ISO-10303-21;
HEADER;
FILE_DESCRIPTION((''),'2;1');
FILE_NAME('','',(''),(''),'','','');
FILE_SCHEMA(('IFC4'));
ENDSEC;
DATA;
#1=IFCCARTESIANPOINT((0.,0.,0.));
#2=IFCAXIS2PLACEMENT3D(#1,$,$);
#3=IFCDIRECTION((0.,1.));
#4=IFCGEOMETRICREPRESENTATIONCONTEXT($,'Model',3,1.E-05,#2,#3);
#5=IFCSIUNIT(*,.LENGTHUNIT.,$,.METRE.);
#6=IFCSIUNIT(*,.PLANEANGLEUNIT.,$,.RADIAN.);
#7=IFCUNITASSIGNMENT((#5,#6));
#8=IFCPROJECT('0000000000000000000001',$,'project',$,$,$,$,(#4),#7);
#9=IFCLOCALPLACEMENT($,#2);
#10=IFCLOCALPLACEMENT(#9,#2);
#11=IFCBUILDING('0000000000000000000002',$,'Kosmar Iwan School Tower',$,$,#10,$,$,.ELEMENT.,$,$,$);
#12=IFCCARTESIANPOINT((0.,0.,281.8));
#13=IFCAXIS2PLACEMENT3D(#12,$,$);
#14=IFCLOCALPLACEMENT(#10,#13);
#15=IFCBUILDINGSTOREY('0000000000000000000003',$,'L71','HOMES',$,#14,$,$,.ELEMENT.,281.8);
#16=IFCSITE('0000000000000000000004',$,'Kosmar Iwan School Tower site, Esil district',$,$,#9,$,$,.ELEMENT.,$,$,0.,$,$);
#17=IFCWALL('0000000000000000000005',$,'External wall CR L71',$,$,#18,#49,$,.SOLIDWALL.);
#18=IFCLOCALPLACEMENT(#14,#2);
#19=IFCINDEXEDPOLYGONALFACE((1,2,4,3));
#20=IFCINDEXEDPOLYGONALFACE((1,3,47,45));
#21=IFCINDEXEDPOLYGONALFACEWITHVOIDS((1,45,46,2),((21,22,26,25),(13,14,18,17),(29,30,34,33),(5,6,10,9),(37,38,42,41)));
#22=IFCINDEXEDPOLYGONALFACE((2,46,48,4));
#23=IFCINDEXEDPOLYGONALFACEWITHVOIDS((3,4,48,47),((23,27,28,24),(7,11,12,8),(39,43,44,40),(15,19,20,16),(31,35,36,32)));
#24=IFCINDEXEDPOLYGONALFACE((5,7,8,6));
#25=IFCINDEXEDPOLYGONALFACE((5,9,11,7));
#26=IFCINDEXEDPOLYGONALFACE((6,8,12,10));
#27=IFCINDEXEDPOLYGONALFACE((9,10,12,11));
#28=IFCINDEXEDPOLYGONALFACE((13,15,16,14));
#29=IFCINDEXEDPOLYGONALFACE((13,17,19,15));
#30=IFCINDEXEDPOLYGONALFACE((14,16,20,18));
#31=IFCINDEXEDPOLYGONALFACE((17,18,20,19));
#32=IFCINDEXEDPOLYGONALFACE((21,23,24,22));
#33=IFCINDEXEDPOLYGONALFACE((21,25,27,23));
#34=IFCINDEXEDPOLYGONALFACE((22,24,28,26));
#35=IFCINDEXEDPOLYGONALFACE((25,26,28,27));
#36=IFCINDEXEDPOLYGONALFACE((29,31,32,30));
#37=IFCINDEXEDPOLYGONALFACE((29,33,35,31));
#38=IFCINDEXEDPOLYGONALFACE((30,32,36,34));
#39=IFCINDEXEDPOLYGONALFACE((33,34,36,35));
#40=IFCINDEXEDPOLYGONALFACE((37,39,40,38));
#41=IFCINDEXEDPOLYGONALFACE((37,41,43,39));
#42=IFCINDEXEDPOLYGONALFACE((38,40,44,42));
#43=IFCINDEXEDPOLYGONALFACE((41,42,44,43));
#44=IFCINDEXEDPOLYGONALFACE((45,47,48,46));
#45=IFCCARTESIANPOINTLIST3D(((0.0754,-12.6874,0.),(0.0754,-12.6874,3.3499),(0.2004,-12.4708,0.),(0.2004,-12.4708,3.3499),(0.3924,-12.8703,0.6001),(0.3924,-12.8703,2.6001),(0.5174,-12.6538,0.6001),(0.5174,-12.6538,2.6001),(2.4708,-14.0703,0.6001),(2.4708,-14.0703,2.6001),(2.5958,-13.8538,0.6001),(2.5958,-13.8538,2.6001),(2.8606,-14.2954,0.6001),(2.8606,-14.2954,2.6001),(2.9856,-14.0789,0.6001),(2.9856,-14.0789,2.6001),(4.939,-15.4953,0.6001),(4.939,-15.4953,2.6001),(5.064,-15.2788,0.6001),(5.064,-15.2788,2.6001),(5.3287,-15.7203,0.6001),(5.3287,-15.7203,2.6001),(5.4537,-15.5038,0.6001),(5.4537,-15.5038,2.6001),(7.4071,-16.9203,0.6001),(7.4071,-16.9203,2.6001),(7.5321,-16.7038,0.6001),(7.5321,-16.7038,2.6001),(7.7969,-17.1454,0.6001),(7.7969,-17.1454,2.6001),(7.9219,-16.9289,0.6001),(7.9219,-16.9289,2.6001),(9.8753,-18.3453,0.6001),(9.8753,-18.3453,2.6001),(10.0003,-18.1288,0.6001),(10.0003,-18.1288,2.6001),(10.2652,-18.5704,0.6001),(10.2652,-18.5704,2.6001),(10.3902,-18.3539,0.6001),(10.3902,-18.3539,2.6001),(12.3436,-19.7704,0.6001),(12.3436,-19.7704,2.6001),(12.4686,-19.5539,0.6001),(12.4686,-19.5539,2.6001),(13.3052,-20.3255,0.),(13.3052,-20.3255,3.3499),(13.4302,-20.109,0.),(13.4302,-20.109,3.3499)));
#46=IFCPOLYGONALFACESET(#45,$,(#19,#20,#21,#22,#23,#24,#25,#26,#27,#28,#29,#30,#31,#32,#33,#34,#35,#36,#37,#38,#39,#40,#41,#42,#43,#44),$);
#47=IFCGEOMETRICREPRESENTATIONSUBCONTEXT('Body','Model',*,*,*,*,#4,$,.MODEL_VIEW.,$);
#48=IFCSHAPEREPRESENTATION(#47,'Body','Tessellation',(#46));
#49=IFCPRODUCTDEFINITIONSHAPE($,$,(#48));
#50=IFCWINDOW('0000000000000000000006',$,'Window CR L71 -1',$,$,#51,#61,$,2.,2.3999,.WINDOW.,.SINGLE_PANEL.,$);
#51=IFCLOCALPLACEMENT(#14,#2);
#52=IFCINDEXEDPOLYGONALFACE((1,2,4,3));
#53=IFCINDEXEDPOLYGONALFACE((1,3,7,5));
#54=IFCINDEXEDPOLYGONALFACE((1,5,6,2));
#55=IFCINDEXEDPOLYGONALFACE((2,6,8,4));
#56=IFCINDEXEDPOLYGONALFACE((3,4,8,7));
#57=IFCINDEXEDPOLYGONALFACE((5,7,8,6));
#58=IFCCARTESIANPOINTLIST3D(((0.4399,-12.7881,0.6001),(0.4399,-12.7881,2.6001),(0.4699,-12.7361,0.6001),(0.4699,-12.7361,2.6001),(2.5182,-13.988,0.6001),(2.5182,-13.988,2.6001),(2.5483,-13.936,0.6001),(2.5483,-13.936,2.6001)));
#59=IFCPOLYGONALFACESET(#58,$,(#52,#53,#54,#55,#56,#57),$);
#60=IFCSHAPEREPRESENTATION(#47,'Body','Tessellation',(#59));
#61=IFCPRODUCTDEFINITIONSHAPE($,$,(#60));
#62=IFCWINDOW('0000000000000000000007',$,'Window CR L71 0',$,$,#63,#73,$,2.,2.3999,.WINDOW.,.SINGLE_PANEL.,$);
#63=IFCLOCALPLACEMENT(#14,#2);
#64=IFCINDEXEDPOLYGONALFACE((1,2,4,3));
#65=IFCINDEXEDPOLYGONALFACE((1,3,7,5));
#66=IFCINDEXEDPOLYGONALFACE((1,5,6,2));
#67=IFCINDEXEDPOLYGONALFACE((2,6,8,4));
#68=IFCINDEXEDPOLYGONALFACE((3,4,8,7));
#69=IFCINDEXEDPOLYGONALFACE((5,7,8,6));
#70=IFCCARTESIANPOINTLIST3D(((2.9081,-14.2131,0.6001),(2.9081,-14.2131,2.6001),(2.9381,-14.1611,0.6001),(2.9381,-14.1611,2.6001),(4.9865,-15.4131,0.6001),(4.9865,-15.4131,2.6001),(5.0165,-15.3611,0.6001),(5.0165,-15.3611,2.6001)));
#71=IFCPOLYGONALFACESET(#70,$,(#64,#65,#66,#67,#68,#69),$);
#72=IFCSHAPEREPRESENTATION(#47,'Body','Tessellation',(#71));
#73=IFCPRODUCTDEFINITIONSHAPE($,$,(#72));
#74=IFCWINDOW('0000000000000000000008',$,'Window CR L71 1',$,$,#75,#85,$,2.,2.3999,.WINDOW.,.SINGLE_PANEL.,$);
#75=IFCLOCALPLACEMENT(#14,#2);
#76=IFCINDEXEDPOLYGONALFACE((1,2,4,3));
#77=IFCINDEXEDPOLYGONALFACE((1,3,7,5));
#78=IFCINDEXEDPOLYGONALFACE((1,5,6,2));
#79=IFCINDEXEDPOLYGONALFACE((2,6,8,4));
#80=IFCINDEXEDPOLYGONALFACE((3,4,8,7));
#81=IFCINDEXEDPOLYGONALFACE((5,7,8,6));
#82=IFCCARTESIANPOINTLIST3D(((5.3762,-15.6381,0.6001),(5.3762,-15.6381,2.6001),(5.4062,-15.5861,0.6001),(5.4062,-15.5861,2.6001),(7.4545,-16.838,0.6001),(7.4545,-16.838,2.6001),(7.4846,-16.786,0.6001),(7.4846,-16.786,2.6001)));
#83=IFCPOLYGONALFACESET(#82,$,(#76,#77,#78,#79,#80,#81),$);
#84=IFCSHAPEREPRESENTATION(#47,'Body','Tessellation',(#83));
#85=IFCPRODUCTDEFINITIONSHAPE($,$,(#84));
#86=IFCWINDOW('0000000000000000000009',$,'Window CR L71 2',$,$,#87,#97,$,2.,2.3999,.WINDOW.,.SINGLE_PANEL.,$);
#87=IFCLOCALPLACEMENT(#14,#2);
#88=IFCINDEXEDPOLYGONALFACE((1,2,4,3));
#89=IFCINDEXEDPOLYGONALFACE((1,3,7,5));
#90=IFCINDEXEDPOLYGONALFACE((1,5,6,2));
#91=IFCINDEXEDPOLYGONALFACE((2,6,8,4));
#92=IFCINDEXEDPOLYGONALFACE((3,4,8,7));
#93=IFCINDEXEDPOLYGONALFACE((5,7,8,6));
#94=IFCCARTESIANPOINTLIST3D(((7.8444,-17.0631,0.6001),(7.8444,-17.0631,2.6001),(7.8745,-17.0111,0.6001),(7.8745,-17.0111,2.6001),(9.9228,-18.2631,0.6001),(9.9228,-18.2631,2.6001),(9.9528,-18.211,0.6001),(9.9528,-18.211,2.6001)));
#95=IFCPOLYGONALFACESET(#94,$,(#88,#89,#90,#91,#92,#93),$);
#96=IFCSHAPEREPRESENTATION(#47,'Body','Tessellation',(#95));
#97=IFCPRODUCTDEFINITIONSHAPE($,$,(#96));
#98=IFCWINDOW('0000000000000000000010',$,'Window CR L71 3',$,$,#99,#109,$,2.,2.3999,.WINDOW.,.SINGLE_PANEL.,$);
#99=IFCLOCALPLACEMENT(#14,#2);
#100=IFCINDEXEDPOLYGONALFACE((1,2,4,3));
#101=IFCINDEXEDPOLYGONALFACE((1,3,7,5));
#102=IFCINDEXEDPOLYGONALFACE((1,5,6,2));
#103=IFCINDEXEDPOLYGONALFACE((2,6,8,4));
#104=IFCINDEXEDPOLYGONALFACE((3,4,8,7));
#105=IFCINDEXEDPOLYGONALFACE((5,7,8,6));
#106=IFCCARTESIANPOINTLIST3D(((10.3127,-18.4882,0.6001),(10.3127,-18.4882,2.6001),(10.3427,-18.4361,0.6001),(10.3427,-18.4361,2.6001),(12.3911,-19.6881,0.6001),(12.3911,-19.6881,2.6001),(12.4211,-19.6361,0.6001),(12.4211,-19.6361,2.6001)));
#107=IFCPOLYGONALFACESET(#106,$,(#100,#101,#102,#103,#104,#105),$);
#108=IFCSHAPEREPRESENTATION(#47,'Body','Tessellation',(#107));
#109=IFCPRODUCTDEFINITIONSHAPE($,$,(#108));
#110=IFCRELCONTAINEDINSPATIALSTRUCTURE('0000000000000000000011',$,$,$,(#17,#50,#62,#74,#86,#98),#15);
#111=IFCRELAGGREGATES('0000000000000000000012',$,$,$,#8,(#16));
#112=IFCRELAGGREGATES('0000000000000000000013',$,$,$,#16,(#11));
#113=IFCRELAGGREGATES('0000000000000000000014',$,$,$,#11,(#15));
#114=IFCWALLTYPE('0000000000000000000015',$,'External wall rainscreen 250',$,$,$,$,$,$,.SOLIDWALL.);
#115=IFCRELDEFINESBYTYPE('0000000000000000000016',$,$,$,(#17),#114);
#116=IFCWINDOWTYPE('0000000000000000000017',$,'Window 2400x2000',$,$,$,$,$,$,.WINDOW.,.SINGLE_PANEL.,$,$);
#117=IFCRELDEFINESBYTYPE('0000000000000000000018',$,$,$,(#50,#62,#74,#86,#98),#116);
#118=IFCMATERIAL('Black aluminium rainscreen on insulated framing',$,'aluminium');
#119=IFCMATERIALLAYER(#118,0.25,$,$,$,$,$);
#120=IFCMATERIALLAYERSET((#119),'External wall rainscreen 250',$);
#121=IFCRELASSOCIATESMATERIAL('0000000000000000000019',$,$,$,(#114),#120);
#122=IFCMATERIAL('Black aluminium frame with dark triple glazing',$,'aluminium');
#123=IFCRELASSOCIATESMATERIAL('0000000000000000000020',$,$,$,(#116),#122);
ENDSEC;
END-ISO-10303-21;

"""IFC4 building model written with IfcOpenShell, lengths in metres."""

from ifc_helpers import new_model, si_unit, direction, frame, frame_2d, origin, place, context, subcontext, project, spatial, rectangle, extrude, material, layer, layer_set, type_object, element, fill, save


model = new_model("IFC4")

# Units and contexts
model_context = context("Model", 3, precision=1e-05, world=origin(), true_north=direction((0.0, 1.0)))
body_context = subcontext(model_context, "Body", "Model", "MODEL_VIEW")
ifc_project = project(units=[si_unit("LENGTHUNIT", "METRE"), si_unit("PLANEANGLEUNIT", "RADIAN")], contexts=[model_context])

# Site, building, storey
site_placement = place(None, origin())
site = spatial("IfcSite", under=ifc_project, at=site_placement, Name="Kosmar Iwan School Tower site, Esil district", CompositionType="ELEMENT", RefElevation=0.0)
building_placement = place(site_placement, origin())
building = spatial("IfcBuilding", under=site, at=building_placement, Name="Kosmar Iwan School Tower", CompositionType="ELEMENT")
storey_placement = place(building_placement, frame((0.0, 0.0, 281.8)))
storey = spatial("IfcBuildingStorey", under=building, at=storey_placement, Name="L71", Description="HOMES", CompositionType="ELEMENT", Elevation=281.8)

# Wall, openings, windows
ifc_material_1 = material(Name="Black aluminium rainscreen on insulated framing", Category="aluminium")
ifc_layer_1 = layer(ifc_material_1, 0.25)
ifc_layer_set_1 = layer_set([ifc_layer_1], Name="External wall rainscreen 250")
wall_type_1 = type_object("IfcWallType", Name="External wall rainscreen 250", PredefinedType="SOLIDWALL", material=ifc_layer_set_1)
ifc_material_2 = material(Name="Black aluminium frame with dark triple glazing", Category="aluminium")
window_type = type_object("IfcWindowType", Name="Window 2400x2000", PartitioningType="SINGLE_PANEL", PredefinedType="WINDOW", material=ifc_material_2)
wall_1_placement = place(storey_placement, frame((0.1379, -12.5791, 0.0), z_axis=(0.0, 0.0, 1.0), x_axis=(0.866026, -0.5, 0.0)))
wall_1 = element("IfcWall", 1, at=wall_1_placement, inside=storey, type_object=wall_type_1, Name="External wall CR L71", PredefinedType="SOLIDWALL", context=body_context, shape_type="SweptSolid", body=[
    extrude(rectangle(XDim=15.2764, YDim=0.25, at=frame_2d((7.6382, 0.0))), origin(), (0.0, 0.0, 1.0), 3.3499),
])
opening_1_placement = place(wall_1_placement, frame((0.366, 0.0, 0.6001)))
opening_1 = element("IfcOpeningElement", 2, at=opening_1_placement, cuts=wall_1, PredefinedType="OPENING", context=body_context, shape_type="SweptSolid", body=[
    extrude(rectangle(XDim=2.3999, YDim=2.0, at=frame_2d((1.2, 1.0))), frame((0.0, 0.137, 0.0), z_axis=(0.0, -1.0, 0.0), x_axis=(1.0, 0.0, 0.0)), (0.0, 0.0, 1.0), 0.2739),
])
opening_2_placement = place(wall_1_placement, frame((3.2161, 0.0, 0.6001)))
opening_2 = element("IfcOpeningElement", 3, at=opening_2_placement, cuts=wall_1, PredefinedType="OPENING", context=body_context, shape_type="SweptSolid", body=[
    extrude(rectangle(XDim=2.3999, YDim=2.0, at=frame_2d((1.2, 1.0))), frame((0.0, 0.137, 0.0), z_axis=(0.0, -1.0, 0.0), x_axis=(1.0, 0.0, 0.0)), (0.0, 0.0, 1.0), 0.2739),
])
opening_3_placement = place(wall_1_placement, frame((6.0659, 0.0, 0.6001)))
opening_3 = element("IfcOpeningElement", 4, at=opening_3_placement, cuts=wall_1, PredefinedType="OPENING", context=body_context, shape_type="SweptSolid", body=[
    extrude(rectangle(XDim=2.3999, YDim=2.0, at=frame_2d((1.2, 1.0))), frame((0.0, 0.137, 0.0), z_axis=(0.0, -1.0, 0.0), x_axis=(1.0, 0.0, 0.0)), (0.0, 0.0, 1.0), 0.2739),
])
opening_4_placement = place(wall_1_placement, frame((8.916, 0.0, 0.6001)))
opening_4 = element("IfcOpeningElement", 5, at=opening_4_placement, cuts=wall_1, PredefinedType="OPENING", context=body_context, shape_type="SweptSolid", body=[
    extrude(rectangle(XDim=2.3999, YDim=2.0, at=frame_2d((1.2, 1.0))), frame((0.0, 0.137, 0.0), z_axis=(0.0, -1.0, 0.0), x_axis=(1.0, 0.0, 0.0)), (0.0, 0.0, 1.0), 0.2739),
])
opening_5_placement = place(wall_1_placement, frame((11.7661, 0.0, 0.6001)))
opening_5 = element("IfcOpeningElement", 6, at=opening_5_placement, cuts=wall_1, PredefinedType="OPENING", context=body_context, shape_type="SweptSolid", body=[
    extrude(rectangle(XDim=2.3999, YDim=2.0, at=frame_2d((1.2, 1.0))), frame((0.0, 0.137, 0.0), z_axis=(0.0, -1.0, 0.0), x_axis=(1.0, 0.0, 0.0)), (0.0, 0.0, 1.0), 0.2739),
])
window_1_placement = place(opening_1_placement, origin())
window_1 = element("IfcWindow", 7, at=window_1_placement, inside=storey, type_object=window_type, Name="Window CR L71 -1", OverallHeight=2.0, OverallWidth=2.3999, PartitioningType="SINGLE_PANEL", PredefinedType="WINDOW", context=body_context, shape_type="SweptSolid", body=[
    extrude(rectangle(XDim=2.3999, YDim=2.0, at=frame_2d((1.2, 1.0))), frame((0.0, 0.03, 0.0), z_axis=(0.0, -1.0, 0.0), x_axis=(1.0, 0.0, 0.0)), (0.0, 0.0, 1.0), 0.0601),
])
fill(opening_1, window_1)
window_2_placement = place(opening_2_placement, origin())
window_2 = element("IfcWindow", 8, at=window_2_placement, inside=storey, type_object=window_type, Name="Window CR L71 0", OverallHeight=2.0, OverallWidth=2.3999, PartitioningType="SINGLE_PANEL", PredefinedType="WINDOW", context=body_context, shape_type="SweptSolid", body=[
    extrude(rectangle(XDim=2.3999, YDim=2.0, at=frame_2d((1.2, 1.0))), frame((0.0, 0.03, 0.0), z_axis=(0.0, -1.0, 0.0), x_axis=(1.0, 0.0, 0.0)), (0.0, 0.0, 1.0), 0.0601),
])
fill(opening_2, window_2)
window_3_placement = place(opening_3_placement, origin())
window_3 = element("IfcWindow", 9, at=window_3_placement, inside=storey, type_object=window_type, Name="Window CR L71 1", OverallHeight=2.0, OverallWidth=2.3999, PartitioningType="SINGLE_PANEL", PredefinedType="WINDOW", context=body_context, shape_type="SweptSolid", body=[
    extrude(rectangle(XDim=2.3999, YDim=2.0, at=frame_2d((1.2, 1.0))), frame((0.0, 0.03, 0.0), z_axis=(0.0, -1.0, 0.0), x_axis=(1.0, 0.0, 0.0)), (0.0, 0.0, 1.0), 0.0601),
])
fill(opening_3, window_3)
window_4_placement = place(opening_4_placement, origin())
window_4 = element("IfcWindow", 10, at=window_4_placement, inside=storey, type_object=window_type, Name="Window CR L71 2", OverallHeight=2.0, OverallWidth=2.3999, PartitioningType="SINGLE_PANEL", PredefinedType="WINDOW", context=body_context, shape_type="SweptSolid", body=[
    extrude(rectangle(XDim=2.3999, YDim=2.0, at=frame_2d((1.2, 1.0))), frame((0.0, 0.03, 0.0), z_axis=(0.0, -1.0, 0.0), x_axis=(1.0, 0.0, 0.0)), (0.0, 0.0, 1.0), 0.0601),
])
fill(opening_4, window_4)
window_5_placement = place(opening_5_placement, origin())
window_5 = element("IfcWindow", 11, at=window_5_placement, inside=storey, type_object=window_type, Name="Window CR L71 3", OverallHeight=2.0, OverallWidth=2.3999, PartitioningType="SINGLE_PANEL", PredefinedType="WINDOW", context=body_context, shape_type="SweptSolid", body=[
    extrude(rectangle(XDim=2.3999, YDim=2.0, at=frame_2d((1.2, 1.0))), frame((0.0, 0.03, 0.0), z_axis=(0.0, -1.0, 0.0), x_axis=(1.0, 0.0, 0.0)), (0.0, 0.0, 1.0), 0.0601),
])
fill(opening_5, window_5)

save(model, "model.ifc")
